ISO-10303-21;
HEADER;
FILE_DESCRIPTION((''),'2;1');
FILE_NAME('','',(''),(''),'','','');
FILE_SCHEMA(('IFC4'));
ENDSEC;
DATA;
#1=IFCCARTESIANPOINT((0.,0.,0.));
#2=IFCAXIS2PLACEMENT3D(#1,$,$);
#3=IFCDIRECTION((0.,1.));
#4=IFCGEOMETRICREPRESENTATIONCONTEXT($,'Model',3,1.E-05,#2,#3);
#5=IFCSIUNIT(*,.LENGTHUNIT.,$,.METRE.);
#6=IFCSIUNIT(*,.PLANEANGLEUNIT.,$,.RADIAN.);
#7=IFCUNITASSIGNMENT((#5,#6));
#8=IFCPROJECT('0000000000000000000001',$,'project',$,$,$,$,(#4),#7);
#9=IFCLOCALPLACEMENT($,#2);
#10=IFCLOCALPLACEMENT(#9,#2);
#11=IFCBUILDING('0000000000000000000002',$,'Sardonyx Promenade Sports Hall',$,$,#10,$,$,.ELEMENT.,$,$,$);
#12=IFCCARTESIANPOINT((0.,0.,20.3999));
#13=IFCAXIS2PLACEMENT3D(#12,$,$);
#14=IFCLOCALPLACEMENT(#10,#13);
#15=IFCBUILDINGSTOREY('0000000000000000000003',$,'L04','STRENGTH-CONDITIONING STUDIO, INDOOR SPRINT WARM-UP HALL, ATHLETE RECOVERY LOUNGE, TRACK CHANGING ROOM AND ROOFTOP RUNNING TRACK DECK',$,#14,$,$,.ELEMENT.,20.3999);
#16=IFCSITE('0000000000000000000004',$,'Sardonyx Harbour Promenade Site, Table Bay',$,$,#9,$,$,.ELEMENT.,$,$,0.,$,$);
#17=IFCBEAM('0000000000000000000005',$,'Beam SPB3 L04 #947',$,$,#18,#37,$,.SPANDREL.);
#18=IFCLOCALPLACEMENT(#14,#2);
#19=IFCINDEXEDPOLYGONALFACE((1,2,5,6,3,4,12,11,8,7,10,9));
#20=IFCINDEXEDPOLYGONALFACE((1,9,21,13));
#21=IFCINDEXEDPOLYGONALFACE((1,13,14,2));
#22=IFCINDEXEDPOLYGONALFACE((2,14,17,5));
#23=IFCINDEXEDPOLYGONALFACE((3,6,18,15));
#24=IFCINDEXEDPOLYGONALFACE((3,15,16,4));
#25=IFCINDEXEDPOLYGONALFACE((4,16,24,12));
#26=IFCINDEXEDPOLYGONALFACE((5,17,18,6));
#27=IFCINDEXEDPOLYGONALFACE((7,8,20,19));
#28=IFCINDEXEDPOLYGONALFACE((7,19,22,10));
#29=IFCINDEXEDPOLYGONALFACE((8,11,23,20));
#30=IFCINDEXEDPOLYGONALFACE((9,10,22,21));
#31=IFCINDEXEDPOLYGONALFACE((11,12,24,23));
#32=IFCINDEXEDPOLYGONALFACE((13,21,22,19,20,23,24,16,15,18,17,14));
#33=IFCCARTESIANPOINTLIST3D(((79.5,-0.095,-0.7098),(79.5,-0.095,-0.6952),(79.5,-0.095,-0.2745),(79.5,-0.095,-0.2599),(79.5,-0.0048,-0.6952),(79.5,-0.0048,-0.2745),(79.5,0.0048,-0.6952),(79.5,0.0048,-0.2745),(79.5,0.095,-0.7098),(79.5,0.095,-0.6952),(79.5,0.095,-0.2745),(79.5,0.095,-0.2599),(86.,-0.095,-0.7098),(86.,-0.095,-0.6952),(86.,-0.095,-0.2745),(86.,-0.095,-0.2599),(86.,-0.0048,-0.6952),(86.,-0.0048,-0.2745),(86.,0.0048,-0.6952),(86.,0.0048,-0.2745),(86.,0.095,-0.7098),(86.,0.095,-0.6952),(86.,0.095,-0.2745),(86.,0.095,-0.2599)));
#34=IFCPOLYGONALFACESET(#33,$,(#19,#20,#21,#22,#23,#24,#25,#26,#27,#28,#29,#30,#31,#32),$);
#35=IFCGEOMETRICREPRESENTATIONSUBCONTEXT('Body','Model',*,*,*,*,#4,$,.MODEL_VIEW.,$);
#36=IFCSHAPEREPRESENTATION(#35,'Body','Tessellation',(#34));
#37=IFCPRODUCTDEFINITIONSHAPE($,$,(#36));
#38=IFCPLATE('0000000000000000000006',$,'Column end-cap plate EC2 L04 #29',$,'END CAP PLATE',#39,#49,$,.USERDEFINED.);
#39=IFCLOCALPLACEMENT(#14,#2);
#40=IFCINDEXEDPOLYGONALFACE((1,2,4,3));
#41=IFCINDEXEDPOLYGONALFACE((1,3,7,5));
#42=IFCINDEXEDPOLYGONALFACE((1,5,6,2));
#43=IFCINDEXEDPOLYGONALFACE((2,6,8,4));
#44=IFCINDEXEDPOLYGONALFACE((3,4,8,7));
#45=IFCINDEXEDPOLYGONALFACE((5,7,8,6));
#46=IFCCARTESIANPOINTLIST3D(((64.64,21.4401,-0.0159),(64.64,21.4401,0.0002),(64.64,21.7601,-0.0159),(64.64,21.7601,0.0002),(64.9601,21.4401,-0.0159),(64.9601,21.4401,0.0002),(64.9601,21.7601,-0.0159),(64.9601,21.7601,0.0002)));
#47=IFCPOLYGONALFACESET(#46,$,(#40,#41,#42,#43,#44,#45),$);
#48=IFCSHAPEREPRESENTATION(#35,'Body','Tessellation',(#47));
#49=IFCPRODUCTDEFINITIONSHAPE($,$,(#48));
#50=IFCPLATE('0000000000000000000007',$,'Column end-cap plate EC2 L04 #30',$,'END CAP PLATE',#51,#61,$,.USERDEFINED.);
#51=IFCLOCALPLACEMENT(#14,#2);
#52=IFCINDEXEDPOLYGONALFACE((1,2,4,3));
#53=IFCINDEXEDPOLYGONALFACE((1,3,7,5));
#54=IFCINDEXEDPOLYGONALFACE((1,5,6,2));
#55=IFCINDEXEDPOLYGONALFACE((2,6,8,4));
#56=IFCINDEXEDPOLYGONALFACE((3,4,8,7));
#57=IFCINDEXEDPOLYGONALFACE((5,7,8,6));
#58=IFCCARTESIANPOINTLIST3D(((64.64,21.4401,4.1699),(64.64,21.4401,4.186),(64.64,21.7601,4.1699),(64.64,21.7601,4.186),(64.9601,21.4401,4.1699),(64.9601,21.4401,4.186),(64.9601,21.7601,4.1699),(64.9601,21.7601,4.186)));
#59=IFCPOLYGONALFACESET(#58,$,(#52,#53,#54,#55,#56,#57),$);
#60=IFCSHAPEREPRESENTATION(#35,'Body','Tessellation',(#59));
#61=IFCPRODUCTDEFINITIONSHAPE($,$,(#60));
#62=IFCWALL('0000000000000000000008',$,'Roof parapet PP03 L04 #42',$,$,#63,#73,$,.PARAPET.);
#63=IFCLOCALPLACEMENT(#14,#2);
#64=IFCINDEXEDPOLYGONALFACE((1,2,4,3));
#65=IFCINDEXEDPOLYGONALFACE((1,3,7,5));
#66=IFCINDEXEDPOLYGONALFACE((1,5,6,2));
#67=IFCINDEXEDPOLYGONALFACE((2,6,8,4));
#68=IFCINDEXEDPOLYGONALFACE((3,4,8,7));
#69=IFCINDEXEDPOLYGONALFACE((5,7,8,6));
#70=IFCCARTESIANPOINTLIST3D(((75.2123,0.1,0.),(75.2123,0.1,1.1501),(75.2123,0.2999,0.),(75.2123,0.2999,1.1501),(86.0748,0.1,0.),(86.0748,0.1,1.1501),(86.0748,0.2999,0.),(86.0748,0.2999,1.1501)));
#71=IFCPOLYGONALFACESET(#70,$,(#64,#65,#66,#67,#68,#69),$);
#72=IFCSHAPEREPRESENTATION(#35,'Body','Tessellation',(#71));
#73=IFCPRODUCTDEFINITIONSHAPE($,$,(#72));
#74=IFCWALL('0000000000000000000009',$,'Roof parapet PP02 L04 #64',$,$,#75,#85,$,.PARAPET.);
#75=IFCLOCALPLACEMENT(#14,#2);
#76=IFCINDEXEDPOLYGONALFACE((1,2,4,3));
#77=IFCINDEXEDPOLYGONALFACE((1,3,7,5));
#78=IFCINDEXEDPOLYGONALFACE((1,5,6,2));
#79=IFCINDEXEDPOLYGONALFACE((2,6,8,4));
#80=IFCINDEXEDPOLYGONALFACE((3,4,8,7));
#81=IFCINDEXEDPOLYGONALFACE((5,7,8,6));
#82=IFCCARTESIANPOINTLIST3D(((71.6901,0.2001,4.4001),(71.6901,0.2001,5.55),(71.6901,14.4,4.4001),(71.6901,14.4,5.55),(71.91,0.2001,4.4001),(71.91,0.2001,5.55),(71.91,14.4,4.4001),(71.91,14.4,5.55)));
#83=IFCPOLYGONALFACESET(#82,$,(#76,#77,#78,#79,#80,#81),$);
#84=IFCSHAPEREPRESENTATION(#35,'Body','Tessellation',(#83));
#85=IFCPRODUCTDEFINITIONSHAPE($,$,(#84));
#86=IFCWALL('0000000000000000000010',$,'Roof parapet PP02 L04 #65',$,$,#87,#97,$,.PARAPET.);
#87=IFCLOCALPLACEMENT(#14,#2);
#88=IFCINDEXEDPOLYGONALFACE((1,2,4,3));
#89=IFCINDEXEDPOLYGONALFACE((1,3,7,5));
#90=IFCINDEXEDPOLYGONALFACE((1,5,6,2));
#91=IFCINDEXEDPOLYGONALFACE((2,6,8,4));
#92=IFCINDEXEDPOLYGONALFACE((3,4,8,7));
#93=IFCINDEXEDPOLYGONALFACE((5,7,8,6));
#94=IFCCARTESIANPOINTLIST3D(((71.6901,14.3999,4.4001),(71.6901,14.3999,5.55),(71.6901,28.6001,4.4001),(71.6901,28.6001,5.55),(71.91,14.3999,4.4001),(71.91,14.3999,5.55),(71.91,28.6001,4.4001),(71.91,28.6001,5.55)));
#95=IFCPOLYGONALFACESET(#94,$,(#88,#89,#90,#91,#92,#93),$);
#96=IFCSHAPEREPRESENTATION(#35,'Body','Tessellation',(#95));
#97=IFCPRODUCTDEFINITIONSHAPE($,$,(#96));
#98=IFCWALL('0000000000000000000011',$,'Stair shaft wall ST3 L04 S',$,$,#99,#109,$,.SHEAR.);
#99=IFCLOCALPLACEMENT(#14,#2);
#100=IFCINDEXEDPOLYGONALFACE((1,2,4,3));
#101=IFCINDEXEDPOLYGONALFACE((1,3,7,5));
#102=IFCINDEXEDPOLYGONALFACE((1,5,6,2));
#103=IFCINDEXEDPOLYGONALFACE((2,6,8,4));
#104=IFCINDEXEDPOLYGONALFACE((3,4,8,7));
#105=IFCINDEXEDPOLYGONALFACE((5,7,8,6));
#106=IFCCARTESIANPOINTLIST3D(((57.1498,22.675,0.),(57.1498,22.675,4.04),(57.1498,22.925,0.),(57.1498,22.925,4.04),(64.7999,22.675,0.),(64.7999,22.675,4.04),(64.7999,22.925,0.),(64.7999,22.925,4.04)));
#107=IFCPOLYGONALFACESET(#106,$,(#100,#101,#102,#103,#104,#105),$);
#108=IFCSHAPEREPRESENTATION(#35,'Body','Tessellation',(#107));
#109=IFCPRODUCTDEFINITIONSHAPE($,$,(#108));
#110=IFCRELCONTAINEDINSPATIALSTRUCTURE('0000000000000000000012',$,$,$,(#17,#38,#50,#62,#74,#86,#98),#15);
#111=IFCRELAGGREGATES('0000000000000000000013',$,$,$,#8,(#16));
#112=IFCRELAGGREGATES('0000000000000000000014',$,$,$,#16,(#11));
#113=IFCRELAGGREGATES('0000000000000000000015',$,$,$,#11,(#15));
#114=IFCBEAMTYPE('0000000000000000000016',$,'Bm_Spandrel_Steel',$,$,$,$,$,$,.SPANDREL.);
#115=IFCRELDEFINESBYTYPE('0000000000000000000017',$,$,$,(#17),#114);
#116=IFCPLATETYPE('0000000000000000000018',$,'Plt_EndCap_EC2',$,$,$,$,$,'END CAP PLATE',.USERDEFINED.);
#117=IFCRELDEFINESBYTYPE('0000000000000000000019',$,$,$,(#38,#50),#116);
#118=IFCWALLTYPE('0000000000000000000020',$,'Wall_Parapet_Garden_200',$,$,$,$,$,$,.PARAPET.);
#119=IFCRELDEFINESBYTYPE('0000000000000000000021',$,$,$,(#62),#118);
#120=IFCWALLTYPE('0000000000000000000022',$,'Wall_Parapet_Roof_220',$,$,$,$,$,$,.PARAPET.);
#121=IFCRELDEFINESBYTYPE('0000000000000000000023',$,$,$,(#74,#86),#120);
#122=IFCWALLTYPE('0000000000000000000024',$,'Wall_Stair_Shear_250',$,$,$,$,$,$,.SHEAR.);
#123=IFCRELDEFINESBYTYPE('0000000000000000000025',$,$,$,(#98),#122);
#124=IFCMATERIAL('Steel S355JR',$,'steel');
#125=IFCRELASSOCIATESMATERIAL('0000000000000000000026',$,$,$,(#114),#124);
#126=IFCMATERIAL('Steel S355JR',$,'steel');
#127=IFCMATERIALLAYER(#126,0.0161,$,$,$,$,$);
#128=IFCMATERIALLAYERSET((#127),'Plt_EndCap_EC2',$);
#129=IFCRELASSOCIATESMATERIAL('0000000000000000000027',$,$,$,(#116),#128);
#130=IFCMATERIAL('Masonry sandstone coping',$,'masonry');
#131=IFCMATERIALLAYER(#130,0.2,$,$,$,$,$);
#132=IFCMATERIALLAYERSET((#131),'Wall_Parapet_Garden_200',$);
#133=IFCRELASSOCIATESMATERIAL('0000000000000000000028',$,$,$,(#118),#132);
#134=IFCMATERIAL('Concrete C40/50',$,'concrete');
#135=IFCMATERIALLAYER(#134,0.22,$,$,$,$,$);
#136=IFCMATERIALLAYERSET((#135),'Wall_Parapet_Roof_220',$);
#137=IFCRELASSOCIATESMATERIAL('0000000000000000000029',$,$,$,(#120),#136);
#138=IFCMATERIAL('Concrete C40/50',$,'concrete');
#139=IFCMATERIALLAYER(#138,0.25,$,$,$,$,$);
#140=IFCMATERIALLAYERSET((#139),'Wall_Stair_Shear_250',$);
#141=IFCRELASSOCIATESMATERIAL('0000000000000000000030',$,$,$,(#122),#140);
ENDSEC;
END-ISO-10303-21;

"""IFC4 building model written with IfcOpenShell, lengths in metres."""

from ifc_helpers import new_model, si_unit, direction, frame, frame_2d, origin, origin_2d, place, context, subcontext, project, spatial, rectangle, i_section, extrude, material, layer, layer_set, material_profile, profile_set, type_object, element, save


model = new_model("IFC4")

# Units and contexts
model_context = context("Model", 3, precision=1e-05, world=origin(), true_north=direction((0.0, 1.0)))
body_context = subcontext(model_context, "Body", "Model", "MODEL_VIEW")
ifc_project = project(units=[si_unit("LENGTHUNIT", "METRE"), si_unit("PLANEANGLEUNIT", "RADIAN")], contexts=[model_context])

# Site, building, storey
site_placement = place(None, origin())
site = spatial("IfcSite", under=ifc_project, at=site_placement, Name="Sardonyx Harbour Promenade Site, Table Bay", CompositionType="ELEMENT", RefElevation=0.0)
building_placement = place(site_placement, origin())
building = spatial("IfcBuilding", under=site, at=building_placement, Name="Sardonyx Promenade Sports Hall", CompositionType="ELEMENT")
storey_placement = place(building_placement, frame((0.0, 0.0, 20.3999)))
storey = spatial("IfcBuildingStorey", under=building, at=storey_placement, Name="L04", Description="STRENGTH-CONDITIONING STUDIO, INDOOR SPRINT WARM-UP HALL, ATHLETE RECOVERY LOUNGE, TRACK CHANGING ROOM AND ROOFTOP RUNNING TRACK DECK", CompositionType="ELEMENT", Elevation=20.3999)

# Beam
ifc_material_1 = material(Name="Steel S355JR", Category="steel")
ifc_material_profile_1 = material_profile(ifc_material_1, i_section(OverallWidth=0.1899, OverallDepth=0.45, WebThickness=0.0095, FlangeThickness=0.0146, at=origin_2d()))
ifc_profile_set_1 = profile_set([ifc_material_profile_1], Name="Steel S355JR")
beam_type_1 = type_object("IfcBeamType", Name="Bm_Spandrel_Steel", PredefinedType="SPANDREL", material=ifc_profile_set_1)
beam_1_placement = place(storey_placement, frame((79.5, 0.0, -0.4849), z_axis=(1.0, 0.0, 0.0), x_axis=(0.0, 1.0, 0.0)))
element("IfcBeam", 1, at=beam_1_placement, inside=storey, type_object=beam_type_1, Name="Beam SPB3 L04 #947", PredefinedType="SPANDREL", context=body_context, shape_type="SweptSolid", body=[
    extrude(i_section(OverallWidth=0.1899, OverallDepth=0.45, WebThickness=0.0095, FlangeThickness=0.0146, at=origin_2d()), origin(), (0.0, 0.0, 1.0), 6.5),
])

# Plates
ifc_material_2 = material(Name="Steel S355JR", Category="steel")
ifc_layer_1 = layer(ifc_material_2, 0.0161)
ifc_layer_set_1 = layer_set([ifc_layer_1], Name="Plt_EndCap_EC2")
plate_type = type_object("IfcPlateType", Name="Plt_EndCap_EC2", ElementType="END CAP PLATE", PredefinedType="USERDEFINED", material=ifc_layer_set_1)
for number, where, z_axis, x_axis, name in (
    (2, (64.8, 21.6001, -0.0159), (0.0, 0.0, 1.0), (1.0, 0.0, 0.0), "Column end-cap plate EC2 L04 #29"),
    (3, (64.8, 21.6001, 4.1699), (0.0, 0.0, 1.0), (1.0, 0.0, 0.0), "Column end-cap plate EC2 L04 #30"),
):
    element("IfcPlate", number, at=place(storey_placement, frame(where, z_axis=z_axis, x_axis=x_axis)), inside=storey, type_object=plate_type, Name=name, ObjectType="END CAP PLATE", PredefinedType="USERDEFINED", context=body_context, shape_type="SweptSolid", body=[
        extrude(rectangle(XDim=0.3201, YDim=0.3201, at=origin_2d()), origin(), (0.0, 0.0, 1.0), 0.0161),
    ])

# Walls
ifc_material_3 = material(Name="Masonry sandstone coping", Category="masonry")
ifc_layer_2 = layer(ifc_material_3, 0.2)
ifc_layer_set_2 = layer_set([ifc_layer_2], Name="Wall_Parapet_Garden_200")
wall_type_1 = type_object("IfcWallType", Name="Wall_Parapet_Garden_200", PredefinedType="PARAPET", material=ifc_layer_set_2)
wall_1_placement = place(storey_placement, frame((75.2124, 0.2, 0.0), z_axis=(0.0, 0.0, 1.0), x_axis=(1.0, 0.0, 0.0)))
element("IfcWall", 4, at=wall_1_placement, inside=storey, type_object=wall_type_1, Name="Roof parapet PP03 L04 #42", PredefinedType="PARAPET", context=body_context, shape_type="SweptSolid", body=[
    extrude(rectangle(XDim=10.8625, YDim=0.2, at=frame_2d((5.4312, 0.0))), origin(), (0.0, 0.0, 1.0), 1.1501),
])
ifc_material_4 = material(Name="Concrete C40/50", Category="concrete")
ifc_layer_3 = layer(ifc_material_4, 0.22)
ifc_layer_set_3 = layer_set([ifc_layer_3], Name="Wall_Parapet_Roof_220")
wall_type_2 = type_object("IfcWallType", Name="Wall_Parapet_Roof_220", PredefinedType="PARAPET", material=ifc_layer_set_3)
wall_2_placement = place(storey_placement, frame((71.8, 0.2, 4.4001), z_axis=(0.0, 0.0, 1.0), x_axis=(0.0, 1.0, 0.0)))
element("IfcWall", 5, at=wall_2_placement, inside=storey, type_object=wall_type_2, Name="Roof parapet PP02 L04 #64", PredefinedType="PARAPET", context=body_context, shape_type="SweptSolid", body=[
    extrude(rectangle(XDim=14.2, YDim=0.22, at=frame_2d((7.1001, 0.0))), origin(), (0.0, 0.0, 1.0), 1.1499),
])
wall_3_placement = place(storey_placement, frame((71.8, 14.3999, 4.4001), z_axis=(0.0, 0.0, 1.0), x_axis=(0.0, 1.0, 0.0)))
element("IfcWall", 6, at=wall_3_placement, inside=storey, type_object=wall_type_2, Name="Roof parapet PP02 L04 #65", PredefinedType="PARAPET", context=body_context, shape_type="SweptSolid", body=[
    extrude(rectangle(XDim=14.2002, YDim=0.22, at=frame_2d((7.1001, 0.0))), origin(), (0.0, 0.0, 1.0), 1.1499),
])
ifc_material_5 = material(Name="Concrete C40/50", Category="concrete")
ifc_layer_4 = layer(ifc_material_5, 0.25)
ifc_layer_set_4 = layer_set([ifc_layer_4], Name="Wall_Stair_Shear_250")
wall_type_3 = type_object("IfcWallType", Name="Wall_Stair_Shear_250", PredefinedType="SHEAR", material=ifc_layer_set_4)
wall_4_placement = place(storey_placement, frame((64.8, 22.8, 0.0), z_axis=(0.0, 0.0, 1.0), x_axis=(-1.0, 0.0, 0.0)))
element("IfcWall", 7, at=wall_4_placement, inside=storey, type_object=wall_type_3, Name="Stair shaft wall ST3 L04 S", PredefinedType="SHEAR", context=body_context, shape_type="SweptSolid", body=[
    extrude(rectangle(XDim=7.6501, YDim=0.25, at=frame_2d((3.8252, 0.0))), origin(), (0.0, 0.0, 1.0), 4.04),
])

save(model, "model.ifc")
